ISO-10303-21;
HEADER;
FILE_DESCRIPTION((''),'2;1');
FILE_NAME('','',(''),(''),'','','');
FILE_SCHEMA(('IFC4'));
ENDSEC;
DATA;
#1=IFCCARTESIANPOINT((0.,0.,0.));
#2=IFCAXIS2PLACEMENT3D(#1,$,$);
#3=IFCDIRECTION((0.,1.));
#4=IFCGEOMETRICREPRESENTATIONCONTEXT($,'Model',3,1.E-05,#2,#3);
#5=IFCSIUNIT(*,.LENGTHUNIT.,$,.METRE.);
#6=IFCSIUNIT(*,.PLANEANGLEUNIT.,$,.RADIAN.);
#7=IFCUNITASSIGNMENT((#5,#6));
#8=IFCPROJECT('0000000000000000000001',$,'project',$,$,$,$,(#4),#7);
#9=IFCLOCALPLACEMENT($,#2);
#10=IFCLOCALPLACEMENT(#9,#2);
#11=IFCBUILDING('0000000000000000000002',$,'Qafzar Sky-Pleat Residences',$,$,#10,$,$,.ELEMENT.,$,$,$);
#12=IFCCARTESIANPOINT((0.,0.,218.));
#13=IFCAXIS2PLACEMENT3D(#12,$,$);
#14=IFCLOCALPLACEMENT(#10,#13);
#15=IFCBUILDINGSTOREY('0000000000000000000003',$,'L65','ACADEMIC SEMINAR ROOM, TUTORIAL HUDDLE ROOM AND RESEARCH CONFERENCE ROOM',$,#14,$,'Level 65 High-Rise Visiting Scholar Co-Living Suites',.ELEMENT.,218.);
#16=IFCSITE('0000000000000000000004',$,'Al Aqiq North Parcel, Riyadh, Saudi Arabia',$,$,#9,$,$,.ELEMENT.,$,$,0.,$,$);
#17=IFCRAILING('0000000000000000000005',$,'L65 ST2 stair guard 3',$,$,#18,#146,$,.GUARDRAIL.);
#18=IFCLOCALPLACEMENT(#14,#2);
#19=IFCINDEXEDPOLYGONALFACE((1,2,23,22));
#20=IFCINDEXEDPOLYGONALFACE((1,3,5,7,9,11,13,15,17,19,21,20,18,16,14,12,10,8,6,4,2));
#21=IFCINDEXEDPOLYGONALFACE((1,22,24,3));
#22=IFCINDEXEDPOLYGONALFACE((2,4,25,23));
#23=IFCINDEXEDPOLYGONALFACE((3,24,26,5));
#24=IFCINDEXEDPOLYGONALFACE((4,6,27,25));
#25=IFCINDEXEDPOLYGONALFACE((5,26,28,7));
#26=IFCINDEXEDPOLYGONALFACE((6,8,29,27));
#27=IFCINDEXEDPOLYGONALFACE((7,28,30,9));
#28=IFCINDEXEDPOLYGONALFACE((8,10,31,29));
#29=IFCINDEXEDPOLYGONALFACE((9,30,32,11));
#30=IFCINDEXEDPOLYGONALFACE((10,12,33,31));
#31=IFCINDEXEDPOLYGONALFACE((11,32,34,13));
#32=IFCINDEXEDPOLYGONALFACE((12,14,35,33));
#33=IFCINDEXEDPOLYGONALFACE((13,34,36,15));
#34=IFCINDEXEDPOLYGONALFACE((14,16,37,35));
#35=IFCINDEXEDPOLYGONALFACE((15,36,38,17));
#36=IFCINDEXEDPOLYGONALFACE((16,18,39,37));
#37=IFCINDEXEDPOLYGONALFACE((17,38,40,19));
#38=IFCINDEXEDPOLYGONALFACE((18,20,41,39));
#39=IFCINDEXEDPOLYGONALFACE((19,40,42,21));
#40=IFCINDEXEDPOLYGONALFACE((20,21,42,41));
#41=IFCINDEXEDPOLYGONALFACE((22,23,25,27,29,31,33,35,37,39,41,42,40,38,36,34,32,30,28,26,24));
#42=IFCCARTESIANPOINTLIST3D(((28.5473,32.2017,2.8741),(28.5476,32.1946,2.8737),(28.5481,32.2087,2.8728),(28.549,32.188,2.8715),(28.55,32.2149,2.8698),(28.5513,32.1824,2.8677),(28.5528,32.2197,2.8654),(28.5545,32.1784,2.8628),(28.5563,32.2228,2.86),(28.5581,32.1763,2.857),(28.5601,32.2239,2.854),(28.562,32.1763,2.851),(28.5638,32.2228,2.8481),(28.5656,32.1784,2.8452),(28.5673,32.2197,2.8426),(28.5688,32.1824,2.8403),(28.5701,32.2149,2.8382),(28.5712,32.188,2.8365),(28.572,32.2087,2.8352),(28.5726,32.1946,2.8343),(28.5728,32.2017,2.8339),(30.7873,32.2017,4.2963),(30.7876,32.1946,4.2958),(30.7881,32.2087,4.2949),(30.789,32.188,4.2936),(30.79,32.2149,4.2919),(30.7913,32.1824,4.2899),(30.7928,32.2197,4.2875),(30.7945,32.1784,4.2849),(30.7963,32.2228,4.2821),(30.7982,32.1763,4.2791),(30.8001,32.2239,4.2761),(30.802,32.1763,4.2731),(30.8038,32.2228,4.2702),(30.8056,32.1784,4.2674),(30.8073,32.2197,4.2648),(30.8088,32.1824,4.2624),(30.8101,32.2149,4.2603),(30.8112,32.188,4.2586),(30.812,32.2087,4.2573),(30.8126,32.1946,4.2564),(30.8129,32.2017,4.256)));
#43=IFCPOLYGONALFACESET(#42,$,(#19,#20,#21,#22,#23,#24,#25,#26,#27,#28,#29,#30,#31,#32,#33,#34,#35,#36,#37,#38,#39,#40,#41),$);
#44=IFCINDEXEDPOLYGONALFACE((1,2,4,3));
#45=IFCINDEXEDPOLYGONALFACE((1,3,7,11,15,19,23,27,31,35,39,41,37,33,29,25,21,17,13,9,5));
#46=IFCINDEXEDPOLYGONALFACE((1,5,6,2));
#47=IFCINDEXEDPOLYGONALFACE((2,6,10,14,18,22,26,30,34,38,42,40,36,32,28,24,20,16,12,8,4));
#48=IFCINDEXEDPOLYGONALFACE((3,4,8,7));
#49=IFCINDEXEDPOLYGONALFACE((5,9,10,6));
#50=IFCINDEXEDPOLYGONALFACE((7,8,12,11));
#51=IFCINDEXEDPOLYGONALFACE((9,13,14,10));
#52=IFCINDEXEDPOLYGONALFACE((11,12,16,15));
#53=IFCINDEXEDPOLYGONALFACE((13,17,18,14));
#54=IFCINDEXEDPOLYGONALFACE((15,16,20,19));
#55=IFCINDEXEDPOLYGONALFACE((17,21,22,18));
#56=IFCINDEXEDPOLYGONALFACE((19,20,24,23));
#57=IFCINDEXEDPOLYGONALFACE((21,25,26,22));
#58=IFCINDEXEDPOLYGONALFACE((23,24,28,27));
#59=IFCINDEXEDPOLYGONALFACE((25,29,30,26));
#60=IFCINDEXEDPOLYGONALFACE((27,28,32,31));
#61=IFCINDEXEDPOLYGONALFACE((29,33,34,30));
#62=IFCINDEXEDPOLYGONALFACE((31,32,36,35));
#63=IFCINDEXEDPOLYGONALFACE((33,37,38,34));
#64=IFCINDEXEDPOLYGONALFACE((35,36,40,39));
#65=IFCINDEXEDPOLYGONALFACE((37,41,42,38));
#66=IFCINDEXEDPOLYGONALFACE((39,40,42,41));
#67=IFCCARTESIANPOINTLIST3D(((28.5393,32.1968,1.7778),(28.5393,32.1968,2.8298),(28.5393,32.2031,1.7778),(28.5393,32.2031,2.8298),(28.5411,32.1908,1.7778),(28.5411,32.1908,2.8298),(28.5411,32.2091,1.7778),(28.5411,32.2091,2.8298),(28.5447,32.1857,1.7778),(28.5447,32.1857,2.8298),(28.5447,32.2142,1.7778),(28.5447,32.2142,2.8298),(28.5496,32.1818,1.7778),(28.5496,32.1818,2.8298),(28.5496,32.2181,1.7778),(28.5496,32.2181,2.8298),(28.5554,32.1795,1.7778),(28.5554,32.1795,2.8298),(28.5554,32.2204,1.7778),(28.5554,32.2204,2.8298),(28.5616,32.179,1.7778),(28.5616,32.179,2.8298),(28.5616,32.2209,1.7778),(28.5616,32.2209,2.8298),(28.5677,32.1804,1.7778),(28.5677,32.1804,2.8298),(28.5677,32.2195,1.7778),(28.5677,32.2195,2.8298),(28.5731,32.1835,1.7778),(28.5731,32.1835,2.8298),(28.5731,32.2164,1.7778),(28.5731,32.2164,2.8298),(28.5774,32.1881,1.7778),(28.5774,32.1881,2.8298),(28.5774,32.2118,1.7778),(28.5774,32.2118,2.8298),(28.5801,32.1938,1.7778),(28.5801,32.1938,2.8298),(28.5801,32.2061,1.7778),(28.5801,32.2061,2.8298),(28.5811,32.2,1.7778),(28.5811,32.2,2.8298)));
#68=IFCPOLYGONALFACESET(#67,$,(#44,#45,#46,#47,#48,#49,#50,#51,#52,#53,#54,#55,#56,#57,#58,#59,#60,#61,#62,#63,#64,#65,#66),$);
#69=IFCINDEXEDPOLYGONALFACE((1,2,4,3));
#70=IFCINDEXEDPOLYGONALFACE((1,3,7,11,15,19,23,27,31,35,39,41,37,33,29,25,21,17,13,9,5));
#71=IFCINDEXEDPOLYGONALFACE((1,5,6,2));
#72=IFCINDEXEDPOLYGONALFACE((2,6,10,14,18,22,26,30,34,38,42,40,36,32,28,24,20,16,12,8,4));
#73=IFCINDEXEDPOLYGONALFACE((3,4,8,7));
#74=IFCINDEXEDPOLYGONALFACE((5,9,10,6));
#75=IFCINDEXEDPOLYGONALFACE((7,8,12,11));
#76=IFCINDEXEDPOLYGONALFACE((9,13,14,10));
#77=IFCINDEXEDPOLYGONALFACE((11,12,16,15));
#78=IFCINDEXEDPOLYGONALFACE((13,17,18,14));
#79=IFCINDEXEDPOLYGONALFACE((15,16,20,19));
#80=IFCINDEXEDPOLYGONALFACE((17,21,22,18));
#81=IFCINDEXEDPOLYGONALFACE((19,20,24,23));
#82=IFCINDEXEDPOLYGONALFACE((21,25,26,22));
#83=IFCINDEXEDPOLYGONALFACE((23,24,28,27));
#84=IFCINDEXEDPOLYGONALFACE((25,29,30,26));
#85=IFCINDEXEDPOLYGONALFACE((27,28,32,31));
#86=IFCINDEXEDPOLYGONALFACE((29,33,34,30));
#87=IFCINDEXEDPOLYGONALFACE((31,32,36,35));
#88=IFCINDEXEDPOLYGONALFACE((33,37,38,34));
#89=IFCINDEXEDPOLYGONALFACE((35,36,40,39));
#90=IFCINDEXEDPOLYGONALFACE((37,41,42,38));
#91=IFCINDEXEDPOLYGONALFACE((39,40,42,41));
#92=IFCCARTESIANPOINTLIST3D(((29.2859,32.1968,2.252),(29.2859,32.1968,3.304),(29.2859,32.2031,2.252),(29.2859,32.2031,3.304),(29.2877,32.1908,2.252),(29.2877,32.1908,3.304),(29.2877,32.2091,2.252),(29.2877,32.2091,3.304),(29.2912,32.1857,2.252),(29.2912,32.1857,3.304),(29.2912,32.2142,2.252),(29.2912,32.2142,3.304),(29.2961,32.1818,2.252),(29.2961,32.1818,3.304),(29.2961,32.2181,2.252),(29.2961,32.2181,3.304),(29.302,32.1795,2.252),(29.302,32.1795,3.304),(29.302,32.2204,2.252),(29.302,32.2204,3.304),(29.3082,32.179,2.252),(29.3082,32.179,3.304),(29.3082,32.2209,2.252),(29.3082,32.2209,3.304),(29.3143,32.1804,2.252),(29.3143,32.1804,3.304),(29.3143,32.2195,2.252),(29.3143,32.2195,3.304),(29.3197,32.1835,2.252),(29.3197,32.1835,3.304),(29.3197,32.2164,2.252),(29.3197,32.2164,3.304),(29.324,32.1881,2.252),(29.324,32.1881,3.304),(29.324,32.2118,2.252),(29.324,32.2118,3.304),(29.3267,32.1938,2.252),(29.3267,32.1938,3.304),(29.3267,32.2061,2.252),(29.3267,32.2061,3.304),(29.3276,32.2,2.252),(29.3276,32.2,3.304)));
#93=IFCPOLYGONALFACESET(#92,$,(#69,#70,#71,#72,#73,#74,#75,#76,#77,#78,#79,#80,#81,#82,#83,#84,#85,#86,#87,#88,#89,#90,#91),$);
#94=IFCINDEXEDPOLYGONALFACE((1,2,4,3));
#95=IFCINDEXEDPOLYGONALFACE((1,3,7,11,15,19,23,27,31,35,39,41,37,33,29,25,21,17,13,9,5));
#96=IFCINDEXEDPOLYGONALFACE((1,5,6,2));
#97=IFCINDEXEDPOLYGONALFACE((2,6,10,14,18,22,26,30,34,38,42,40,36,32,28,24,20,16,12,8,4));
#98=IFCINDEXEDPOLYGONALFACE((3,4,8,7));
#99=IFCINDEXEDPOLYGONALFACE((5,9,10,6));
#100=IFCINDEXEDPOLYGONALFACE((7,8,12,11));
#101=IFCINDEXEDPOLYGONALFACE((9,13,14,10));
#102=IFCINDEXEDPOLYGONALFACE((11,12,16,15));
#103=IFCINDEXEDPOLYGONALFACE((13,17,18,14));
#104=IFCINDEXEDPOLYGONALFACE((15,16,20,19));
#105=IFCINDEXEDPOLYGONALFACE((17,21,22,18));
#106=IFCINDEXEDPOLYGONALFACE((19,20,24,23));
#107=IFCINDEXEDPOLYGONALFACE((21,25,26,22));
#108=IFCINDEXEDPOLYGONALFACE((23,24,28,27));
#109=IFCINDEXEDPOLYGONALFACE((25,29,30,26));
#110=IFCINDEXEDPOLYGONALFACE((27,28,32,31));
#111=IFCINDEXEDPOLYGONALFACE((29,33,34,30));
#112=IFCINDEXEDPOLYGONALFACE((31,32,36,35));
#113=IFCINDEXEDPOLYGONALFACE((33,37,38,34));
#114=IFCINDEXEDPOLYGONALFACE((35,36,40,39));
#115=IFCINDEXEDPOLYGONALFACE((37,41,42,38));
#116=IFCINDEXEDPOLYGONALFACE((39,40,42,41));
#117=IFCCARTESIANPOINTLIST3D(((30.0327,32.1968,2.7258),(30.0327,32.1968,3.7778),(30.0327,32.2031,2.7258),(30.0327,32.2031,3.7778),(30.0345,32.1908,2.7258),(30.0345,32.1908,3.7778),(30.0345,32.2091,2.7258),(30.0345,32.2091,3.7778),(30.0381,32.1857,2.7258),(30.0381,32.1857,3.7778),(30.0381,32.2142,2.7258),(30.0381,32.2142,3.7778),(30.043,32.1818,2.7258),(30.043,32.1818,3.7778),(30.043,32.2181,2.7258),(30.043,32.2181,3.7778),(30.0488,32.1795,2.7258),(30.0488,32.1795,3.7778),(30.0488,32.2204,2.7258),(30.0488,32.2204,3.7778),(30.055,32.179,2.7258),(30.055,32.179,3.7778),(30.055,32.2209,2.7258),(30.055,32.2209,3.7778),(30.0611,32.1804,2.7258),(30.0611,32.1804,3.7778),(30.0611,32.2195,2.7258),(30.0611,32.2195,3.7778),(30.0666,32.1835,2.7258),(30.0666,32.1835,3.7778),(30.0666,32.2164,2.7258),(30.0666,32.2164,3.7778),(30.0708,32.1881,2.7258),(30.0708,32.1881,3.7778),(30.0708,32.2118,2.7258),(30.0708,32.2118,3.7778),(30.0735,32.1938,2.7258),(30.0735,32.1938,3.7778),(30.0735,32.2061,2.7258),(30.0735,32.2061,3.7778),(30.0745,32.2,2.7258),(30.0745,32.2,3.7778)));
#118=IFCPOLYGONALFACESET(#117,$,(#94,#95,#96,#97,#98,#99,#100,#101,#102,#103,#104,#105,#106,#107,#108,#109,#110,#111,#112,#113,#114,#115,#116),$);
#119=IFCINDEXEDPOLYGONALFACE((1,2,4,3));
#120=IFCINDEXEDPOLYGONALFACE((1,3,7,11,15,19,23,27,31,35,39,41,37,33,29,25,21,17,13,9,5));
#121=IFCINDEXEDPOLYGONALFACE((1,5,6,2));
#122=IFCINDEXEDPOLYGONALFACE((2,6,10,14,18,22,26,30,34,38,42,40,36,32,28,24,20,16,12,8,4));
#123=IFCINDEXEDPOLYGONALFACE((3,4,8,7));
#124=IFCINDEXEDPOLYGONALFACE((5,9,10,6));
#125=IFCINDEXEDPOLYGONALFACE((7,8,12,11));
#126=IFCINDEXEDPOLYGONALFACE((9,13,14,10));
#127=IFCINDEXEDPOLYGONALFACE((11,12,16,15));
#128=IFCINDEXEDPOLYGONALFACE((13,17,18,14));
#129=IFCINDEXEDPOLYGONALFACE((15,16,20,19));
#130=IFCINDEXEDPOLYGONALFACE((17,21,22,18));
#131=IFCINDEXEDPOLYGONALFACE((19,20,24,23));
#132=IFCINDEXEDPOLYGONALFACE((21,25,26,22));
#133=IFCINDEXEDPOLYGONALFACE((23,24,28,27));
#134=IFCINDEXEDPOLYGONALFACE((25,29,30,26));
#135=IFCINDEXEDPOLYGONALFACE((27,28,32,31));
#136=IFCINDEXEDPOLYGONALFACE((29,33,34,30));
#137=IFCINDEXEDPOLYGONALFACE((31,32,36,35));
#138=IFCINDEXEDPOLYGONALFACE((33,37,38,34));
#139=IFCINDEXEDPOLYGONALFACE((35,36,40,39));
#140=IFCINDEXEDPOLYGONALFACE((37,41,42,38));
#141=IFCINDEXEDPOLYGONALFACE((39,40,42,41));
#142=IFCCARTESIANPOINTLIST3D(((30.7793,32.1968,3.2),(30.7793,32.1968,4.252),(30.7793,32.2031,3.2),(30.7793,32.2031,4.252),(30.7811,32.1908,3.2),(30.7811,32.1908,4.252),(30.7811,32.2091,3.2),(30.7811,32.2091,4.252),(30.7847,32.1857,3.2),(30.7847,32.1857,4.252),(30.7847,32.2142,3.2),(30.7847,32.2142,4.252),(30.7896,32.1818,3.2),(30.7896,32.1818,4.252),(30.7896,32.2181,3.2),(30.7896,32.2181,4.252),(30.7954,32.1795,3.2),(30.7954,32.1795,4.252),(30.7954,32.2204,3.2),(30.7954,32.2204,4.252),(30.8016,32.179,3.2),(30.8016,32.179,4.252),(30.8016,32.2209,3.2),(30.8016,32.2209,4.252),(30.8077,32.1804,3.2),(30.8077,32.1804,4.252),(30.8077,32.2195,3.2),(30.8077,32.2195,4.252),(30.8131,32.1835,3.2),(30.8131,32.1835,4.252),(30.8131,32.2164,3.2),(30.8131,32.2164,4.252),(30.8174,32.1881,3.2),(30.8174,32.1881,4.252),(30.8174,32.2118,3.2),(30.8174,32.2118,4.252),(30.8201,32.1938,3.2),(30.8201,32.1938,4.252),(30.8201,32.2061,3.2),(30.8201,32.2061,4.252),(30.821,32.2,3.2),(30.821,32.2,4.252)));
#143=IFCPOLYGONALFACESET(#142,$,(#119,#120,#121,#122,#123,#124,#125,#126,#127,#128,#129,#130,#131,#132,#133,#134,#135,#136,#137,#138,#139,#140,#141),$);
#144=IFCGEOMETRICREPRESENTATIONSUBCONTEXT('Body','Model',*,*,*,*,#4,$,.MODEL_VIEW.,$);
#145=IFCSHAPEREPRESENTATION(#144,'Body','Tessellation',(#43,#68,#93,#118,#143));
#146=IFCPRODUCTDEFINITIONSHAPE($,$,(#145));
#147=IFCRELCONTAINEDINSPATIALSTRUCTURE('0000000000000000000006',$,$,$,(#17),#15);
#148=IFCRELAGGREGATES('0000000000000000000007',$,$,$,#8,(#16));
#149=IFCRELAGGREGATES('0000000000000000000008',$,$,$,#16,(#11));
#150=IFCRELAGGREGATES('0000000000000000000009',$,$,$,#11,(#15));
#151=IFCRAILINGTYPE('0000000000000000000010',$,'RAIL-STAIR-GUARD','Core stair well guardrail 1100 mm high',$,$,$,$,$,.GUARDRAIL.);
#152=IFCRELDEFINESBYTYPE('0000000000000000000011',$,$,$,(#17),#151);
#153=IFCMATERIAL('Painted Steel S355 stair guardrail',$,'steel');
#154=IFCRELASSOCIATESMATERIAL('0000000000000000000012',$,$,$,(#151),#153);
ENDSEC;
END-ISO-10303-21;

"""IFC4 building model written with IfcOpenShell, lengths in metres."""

from ifc_helpers import new_model, si_unit, direction, frame, origin, origin_2d, place, context, subcontext, project, spatial, circle, extrude, source, transform, mapped, material, type_object, element, save


model = new_model("IFC4")

# Units and contexts
model_context = context("Model", 3, precision=1e-05, world=origin(), true_north=direction((0.0, 1.0)))
body_context = subcontext(model_context, "Body", "Model", "MODEL_VIEW")
ifc_project = project(units=[si_unit("LENGTHUNIT", "METRE"), si_unit("PLANEANGLEUNIT", "RADIAN")], contexts=[model_context])

# Site, building, storey
site_placement = place(None, origin())
site = spatial("IfcSite", under=ifc_project, at=site_placement, Name="Al Aqiq North Parcel, Riyadh, Saudi Arabia", CompositionType="ELEMENT", RefElevation=0.0)
building_placement = place(site_placement, origin())
building = spatial("IfcBuilding", under=site, at=building_placement, Name="Qafzar Sky-Pleat Residences", CompositionType="ELEMENT")
storey_placement = place(building_placement, frame((0.0, 0.0, 218.0)))
storey = spatial("IfcBuildingStorey", under=building, at=storey_placement, Name="L65", Description="ACADEMIC SEMINAR ROOM, TUTORIAL HUDDLE ROOM AND RESEARCH CONFERENCE ROOM", LongName="Level 65 High-Rise Visiting Scholar Co-Living Suites", CompositionType="ELEMENT", Elevation=218.0)

# Railing
ifc_material_1 = material(Name="Painted Steel S355 stair guardrail", Category="steel")
railing_type_1 = type_object("IfcRailingType", Name="RAIL-STAIR-GUARD", Description="Core stair well guardrail 1100 mm high", PredefinedType="GUARDRAIL", material=ifc_material_1)
shared_shape_1 = source(origin(), body_context, "Body", "SweptSolid", [
    extrude(circle(Radius=0.0239, at=origin_2d()), frame((0.0, 0.0, 1.0762), z_axis=(0.844229, 0.0, 0.535982), x_axis=(0.0, 1.0, 0.0)), (0.0, 0.0, 1.0), 2.6533),
    extrude(circle(Radius=0.021, at=origin_2d()), origin(), (0.0, 0.0, 1.0), 1.052),
    extrude(circle(Radius=0.021, at=origin_2d()), frame((0.7466, 0.0, 0.4741)), (0.0, 0.0, 1.0), 1.052),
    extrude(circle(Radius=0.021, at=origin_2d()), frame((1.4934, 0.0, 0.948)), (0.0, 0.0, 1.0), 1.052),
    extrude(circle(Radius=0.021, at=origin_2d()), frame((2.24, 0.0, 1.4221)), (0.0, 0.0, 1.0), 1.052),
])
railing_1_placement = place(storey_placement, frame((28.5601, 32.2, 1.7778)))
element("IfcRailing", 1, at=railing_1_placement, inside=storey, type_object=railing_type_1, Name="L65 ST2 stair guard 3", PredefinedType="GUARDRAIL", context=body_context, shape_type="MappedRepresentation", body=[
    mapped(shared_shape_1, transform((0.0, 0.0, 0.0), x_axis=(1.0, 0.0, 0.0), y_axis=(0.0, 1.0, 0.0), z_axis=(0.0, 0.0, 1.0), scale=1.0)),
])

save(model, "model.ifc")
